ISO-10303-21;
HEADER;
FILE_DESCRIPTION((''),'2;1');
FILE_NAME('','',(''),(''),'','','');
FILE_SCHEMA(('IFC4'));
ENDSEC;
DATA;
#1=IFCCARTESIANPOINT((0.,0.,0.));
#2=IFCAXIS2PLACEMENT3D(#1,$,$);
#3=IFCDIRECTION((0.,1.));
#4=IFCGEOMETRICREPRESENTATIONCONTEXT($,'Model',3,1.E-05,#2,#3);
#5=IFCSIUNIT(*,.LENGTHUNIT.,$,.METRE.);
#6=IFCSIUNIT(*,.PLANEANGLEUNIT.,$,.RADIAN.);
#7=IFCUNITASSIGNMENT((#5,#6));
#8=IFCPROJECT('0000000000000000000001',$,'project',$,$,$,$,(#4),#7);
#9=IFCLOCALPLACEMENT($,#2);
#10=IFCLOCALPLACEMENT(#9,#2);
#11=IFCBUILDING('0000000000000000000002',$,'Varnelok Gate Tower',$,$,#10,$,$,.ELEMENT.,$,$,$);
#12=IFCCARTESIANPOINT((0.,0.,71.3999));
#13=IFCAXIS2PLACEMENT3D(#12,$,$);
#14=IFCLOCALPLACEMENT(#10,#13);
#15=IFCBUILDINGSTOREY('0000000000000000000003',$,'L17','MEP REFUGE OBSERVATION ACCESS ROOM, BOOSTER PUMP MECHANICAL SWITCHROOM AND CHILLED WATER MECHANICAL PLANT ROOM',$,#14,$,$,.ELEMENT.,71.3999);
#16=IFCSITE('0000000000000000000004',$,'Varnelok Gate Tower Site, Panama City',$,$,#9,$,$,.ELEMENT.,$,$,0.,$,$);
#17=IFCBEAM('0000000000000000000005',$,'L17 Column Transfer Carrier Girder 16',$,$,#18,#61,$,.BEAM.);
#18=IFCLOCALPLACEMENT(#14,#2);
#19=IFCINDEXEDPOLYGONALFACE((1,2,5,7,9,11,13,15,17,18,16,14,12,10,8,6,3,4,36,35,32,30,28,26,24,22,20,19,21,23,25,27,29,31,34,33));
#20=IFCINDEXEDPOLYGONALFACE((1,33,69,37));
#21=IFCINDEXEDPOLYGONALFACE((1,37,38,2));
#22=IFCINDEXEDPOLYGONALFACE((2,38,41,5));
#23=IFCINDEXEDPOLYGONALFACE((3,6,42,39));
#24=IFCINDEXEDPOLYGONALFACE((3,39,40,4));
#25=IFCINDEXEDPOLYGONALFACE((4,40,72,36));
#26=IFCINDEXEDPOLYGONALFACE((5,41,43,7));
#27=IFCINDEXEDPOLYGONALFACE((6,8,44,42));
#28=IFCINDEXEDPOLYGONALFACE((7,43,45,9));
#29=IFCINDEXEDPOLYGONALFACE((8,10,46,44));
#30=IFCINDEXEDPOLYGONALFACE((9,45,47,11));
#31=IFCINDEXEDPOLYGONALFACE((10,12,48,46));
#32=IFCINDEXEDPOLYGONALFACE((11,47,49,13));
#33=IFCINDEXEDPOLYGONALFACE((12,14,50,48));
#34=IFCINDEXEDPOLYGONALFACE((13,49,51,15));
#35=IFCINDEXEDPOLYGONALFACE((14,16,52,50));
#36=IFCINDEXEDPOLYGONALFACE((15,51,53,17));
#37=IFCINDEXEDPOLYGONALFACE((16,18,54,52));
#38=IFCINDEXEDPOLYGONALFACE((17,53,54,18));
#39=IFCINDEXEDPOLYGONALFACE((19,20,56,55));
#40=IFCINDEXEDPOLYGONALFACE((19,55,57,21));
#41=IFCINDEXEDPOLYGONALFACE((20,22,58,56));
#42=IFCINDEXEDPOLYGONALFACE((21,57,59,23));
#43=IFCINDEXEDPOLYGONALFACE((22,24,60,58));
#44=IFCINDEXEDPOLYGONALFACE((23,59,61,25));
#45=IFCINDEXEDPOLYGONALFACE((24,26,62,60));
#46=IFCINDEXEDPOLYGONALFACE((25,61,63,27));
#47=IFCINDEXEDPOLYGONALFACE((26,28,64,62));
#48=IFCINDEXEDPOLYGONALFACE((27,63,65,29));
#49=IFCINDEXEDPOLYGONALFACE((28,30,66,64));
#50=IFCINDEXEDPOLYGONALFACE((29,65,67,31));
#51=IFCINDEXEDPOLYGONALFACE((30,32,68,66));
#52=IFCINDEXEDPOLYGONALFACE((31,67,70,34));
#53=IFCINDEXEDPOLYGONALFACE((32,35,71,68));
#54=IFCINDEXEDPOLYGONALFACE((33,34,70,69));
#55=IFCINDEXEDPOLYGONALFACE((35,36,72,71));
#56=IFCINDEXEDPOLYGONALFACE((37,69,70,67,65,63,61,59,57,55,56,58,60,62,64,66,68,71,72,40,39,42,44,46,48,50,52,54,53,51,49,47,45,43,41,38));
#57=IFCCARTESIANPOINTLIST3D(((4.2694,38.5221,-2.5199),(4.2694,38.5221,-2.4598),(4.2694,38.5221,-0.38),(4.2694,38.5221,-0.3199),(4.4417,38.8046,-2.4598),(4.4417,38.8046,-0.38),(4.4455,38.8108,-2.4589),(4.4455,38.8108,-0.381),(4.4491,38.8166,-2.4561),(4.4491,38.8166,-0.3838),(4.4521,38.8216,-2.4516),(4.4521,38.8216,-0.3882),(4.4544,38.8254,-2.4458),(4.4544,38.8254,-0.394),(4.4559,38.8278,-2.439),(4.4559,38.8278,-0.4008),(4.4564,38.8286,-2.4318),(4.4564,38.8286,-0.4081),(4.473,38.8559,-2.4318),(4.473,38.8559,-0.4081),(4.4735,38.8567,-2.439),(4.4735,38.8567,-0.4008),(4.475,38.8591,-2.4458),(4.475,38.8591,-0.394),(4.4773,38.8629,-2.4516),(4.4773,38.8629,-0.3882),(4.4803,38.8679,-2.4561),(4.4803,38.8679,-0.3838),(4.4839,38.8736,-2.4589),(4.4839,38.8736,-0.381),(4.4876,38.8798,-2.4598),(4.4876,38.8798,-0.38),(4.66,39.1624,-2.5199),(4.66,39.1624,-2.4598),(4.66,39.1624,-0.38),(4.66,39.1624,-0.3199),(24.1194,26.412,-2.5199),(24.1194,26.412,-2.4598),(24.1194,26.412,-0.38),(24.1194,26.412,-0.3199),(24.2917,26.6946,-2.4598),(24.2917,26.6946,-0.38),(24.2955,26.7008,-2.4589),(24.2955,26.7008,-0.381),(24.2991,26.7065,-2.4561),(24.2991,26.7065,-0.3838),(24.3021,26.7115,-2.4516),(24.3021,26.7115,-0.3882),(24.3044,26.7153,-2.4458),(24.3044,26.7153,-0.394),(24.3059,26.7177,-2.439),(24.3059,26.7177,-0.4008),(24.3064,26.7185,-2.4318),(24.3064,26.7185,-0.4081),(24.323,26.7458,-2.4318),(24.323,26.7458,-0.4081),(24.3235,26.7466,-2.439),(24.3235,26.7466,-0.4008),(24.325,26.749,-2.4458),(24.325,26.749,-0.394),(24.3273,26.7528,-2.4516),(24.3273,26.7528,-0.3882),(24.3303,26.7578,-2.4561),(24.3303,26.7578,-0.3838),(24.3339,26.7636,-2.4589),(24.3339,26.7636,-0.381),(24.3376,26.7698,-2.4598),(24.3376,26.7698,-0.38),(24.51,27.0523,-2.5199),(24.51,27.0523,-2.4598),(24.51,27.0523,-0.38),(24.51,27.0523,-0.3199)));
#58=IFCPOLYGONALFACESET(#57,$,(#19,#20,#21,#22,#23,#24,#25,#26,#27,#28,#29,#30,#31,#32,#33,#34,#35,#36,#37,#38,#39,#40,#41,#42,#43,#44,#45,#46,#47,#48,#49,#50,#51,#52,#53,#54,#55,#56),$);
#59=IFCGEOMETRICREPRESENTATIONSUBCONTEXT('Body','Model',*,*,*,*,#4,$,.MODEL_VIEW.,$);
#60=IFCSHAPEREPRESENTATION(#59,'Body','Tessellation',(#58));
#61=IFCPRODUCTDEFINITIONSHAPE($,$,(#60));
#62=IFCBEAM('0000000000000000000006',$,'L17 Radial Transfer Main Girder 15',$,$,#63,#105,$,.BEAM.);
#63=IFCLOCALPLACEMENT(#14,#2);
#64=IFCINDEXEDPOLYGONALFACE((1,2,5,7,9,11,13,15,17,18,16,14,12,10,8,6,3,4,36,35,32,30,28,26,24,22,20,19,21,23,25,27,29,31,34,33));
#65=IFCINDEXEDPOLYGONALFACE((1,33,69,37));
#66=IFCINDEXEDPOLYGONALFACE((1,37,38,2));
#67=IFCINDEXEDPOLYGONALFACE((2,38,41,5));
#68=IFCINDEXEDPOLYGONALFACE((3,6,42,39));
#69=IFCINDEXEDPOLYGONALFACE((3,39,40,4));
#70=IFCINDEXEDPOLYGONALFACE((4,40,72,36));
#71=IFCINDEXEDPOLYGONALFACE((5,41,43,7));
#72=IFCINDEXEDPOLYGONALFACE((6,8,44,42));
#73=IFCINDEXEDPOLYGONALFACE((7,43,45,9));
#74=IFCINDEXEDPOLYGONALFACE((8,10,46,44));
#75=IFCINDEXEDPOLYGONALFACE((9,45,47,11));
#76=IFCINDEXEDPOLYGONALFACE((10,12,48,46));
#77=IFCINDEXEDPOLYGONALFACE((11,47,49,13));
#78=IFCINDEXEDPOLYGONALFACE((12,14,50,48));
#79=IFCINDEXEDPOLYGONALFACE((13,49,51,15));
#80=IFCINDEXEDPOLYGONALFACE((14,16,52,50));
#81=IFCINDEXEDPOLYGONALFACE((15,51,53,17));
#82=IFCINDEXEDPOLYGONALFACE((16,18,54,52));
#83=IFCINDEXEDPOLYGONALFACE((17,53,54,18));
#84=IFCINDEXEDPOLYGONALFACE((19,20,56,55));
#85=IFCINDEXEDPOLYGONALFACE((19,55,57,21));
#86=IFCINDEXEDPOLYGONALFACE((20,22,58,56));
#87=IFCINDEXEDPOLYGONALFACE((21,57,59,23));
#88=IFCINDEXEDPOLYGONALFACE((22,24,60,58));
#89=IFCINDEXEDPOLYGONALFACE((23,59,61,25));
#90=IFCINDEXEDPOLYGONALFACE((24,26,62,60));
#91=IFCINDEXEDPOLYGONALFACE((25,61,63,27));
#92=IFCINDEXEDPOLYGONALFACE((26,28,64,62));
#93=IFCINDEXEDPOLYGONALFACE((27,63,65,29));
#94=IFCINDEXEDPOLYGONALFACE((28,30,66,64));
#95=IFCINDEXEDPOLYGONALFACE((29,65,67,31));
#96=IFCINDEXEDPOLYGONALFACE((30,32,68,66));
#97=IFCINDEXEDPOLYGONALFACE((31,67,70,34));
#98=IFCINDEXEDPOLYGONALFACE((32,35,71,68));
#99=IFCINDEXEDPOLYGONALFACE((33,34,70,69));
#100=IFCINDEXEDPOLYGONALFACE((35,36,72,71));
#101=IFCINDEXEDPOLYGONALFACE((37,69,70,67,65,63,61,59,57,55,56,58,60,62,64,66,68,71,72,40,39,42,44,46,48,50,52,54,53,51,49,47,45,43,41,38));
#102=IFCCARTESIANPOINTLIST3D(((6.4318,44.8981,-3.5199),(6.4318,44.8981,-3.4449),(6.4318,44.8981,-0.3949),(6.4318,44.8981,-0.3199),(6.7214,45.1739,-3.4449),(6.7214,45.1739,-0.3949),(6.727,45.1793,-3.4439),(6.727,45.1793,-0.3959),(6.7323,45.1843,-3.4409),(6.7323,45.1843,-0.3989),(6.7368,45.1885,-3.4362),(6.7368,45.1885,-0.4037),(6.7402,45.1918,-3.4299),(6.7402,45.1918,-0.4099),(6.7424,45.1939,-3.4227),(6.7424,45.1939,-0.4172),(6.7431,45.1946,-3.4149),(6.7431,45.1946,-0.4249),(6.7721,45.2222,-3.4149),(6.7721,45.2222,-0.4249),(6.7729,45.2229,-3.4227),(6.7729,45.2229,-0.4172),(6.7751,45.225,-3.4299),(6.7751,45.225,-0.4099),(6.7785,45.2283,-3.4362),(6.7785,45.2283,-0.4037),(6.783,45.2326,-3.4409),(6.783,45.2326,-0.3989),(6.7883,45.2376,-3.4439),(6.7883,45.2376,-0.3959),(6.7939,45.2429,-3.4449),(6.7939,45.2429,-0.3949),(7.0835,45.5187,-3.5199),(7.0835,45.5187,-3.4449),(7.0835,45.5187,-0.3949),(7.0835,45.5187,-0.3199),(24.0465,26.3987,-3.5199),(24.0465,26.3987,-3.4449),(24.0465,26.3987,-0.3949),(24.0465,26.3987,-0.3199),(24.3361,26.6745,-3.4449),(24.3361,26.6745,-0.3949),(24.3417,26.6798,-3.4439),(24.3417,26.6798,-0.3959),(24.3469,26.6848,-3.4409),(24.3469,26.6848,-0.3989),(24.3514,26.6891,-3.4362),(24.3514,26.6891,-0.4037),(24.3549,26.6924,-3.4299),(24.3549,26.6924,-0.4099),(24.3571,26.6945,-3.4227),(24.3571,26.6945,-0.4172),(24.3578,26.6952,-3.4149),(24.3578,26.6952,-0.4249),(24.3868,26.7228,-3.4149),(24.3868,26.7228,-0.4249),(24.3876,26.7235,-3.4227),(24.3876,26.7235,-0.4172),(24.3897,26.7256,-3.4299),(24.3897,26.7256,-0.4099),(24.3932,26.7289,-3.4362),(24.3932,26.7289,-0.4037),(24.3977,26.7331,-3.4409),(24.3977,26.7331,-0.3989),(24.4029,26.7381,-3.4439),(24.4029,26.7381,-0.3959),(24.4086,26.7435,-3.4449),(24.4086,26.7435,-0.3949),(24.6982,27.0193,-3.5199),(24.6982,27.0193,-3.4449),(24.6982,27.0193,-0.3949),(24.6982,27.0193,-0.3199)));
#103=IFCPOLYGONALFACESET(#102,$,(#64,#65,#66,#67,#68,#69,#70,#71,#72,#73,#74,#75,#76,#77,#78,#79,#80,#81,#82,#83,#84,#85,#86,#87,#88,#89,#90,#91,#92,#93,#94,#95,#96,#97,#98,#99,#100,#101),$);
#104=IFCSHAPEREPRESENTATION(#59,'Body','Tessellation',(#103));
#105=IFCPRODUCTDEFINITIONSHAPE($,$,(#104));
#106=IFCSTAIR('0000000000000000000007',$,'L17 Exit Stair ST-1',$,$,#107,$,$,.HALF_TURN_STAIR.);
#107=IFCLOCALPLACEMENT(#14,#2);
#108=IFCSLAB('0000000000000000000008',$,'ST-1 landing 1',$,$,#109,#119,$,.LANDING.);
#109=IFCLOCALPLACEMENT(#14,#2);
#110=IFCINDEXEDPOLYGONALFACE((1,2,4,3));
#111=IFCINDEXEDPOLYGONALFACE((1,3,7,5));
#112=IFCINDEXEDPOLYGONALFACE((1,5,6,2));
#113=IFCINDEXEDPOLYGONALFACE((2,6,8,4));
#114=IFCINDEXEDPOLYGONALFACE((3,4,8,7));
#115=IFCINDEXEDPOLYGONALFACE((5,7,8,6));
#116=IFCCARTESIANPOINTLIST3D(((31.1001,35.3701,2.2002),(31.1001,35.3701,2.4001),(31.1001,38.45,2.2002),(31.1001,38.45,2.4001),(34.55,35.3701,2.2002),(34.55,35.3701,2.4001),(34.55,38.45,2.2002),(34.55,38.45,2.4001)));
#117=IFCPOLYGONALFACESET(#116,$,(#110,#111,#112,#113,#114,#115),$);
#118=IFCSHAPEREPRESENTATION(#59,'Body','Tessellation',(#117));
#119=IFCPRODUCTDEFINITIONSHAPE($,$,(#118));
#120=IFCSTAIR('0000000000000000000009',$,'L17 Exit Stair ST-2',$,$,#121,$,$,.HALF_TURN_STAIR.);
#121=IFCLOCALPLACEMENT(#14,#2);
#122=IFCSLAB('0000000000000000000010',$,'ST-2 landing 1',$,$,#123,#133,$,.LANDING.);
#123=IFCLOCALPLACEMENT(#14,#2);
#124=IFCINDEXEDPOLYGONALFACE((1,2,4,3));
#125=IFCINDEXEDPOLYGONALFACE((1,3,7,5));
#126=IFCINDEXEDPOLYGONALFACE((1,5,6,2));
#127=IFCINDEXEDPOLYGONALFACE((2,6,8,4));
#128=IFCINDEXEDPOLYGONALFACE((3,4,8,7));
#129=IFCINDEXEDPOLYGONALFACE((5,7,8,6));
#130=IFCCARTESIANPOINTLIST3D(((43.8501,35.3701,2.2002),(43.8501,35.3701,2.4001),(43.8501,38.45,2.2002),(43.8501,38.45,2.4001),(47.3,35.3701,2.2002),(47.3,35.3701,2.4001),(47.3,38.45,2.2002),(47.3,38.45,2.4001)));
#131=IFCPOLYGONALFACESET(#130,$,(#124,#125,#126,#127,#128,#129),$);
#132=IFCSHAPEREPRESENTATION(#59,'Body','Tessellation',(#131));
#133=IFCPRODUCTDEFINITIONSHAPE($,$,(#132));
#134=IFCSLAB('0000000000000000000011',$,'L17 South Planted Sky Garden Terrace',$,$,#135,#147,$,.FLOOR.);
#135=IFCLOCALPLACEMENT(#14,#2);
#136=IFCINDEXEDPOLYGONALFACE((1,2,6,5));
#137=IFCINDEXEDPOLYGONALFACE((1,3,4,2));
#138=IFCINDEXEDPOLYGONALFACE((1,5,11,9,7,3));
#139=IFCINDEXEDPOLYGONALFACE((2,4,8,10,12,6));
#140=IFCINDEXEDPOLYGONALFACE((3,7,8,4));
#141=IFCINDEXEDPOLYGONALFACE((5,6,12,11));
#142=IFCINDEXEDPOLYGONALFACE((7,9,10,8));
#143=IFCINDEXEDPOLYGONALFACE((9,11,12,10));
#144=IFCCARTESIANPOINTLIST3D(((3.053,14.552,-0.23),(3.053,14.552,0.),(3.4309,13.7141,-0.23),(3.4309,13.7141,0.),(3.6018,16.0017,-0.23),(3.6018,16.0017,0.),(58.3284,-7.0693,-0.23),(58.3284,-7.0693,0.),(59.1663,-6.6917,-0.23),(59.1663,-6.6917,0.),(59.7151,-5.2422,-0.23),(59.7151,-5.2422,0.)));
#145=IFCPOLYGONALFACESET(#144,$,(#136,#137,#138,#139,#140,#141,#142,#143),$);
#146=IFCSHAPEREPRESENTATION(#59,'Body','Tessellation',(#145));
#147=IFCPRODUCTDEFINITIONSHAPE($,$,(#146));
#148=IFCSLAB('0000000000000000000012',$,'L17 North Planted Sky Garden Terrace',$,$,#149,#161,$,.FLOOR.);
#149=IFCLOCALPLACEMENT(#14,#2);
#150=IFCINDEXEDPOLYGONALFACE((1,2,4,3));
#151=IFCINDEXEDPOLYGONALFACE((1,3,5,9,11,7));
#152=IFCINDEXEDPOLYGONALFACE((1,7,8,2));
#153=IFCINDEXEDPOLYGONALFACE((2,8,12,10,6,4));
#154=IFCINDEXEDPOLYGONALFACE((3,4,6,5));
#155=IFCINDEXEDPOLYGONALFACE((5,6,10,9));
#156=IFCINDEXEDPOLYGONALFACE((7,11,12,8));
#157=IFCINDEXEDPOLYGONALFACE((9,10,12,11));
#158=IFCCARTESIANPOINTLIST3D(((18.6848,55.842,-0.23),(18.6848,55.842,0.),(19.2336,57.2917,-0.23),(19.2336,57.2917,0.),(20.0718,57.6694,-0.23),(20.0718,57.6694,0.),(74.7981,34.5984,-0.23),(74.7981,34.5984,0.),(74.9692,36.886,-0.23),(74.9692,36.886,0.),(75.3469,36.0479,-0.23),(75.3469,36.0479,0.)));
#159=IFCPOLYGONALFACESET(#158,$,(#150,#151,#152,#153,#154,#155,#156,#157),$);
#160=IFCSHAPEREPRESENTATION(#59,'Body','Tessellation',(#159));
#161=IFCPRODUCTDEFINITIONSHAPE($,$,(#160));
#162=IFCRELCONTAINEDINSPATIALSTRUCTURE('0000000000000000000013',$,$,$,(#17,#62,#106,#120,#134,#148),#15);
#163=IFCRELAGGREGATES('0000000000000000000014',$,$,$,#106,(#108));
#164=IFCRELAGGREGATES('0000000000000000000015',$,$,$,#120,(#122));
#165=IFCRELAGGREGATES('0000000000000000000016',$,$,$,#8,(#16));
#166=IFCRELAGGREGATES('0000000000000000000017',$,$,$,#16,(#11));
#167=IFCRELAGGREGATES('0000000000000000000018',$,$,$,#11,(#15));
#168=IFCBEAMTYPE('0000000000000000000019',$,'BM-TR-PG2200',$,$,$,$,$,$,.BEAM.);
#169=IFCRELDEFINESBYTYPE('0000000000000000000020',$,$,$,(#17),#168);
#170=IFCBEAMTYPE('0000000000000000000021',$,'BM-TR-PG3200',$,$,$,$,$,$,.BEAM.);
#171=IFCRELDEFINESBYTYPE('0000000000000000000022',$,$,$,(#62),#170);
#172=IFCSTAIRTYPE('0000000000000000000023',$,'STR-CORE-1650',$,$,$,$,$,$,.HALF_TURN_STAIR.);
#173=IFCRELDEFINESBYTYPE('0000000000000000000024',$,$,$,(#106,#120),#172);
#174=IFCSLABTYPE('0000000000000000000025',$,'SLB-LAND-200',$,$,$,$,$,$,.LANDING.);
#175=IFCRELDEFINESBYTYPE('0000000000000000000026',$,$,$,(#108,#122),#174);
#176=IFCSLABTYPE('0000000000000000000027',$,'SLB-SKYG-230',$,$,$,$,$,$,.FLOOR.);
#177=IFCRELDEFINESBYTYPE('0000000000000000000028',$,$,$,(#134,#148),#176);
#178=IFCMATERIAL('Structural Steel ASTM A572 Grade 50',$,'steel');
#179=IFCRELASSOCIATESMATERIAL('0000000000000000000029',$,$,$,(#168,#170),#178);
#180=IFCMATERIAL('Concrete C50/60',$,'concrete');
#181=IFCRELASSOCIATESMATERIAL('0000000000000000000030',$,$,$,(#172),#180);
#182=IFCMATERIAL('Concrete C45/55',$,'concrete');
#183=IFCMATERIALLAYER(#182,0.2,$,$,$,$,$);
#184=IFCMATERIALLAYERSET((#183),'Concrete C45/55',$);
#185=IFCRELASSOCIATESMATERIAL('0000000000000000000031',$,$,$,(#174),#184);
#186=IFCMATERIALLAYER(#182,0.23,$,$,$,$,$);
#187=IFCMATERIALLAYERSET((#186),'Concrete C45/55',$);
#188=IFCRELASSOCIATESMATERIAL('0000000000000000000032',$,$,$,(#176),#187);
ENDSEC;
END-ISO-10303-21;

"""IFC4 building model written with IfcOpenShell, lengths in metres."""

from ifc_helpers import new_model, si_unit, direction, frame, origin, origin_2d, place, context, subcontext, project, spatial, polyline, i_section, outline, extrude, material, layer, layer_set, material_profile, profile_set, type_object, element, aggregate, save


model = new_model("IFC4")

# Units and contexts
model_context = context("Model", 3, precision=1e-05, world=origin(), true_north=direction((0.0, 1.0)))
body_context = subcontext(model_context, "Body", "Model", "MODEL_VIEW")
ifc_project = project(units=[si_unit("LENGTHUNIT", "METRE"), si_unit("PLANEANGLEUNIT", "RADIAN")], contexts=[model_context])

# Site, building, storey
site_placement = place(None, origin())
site = spatial("IfcSite", under=ifc_project, at=site_placement, Name="Varnelok Gate Tower Site, Panama City", CompositionType="ELEMENT", RefElevation=0.0)
building_placement = place(site_placement, origin())
building = spatial("IfcBuilding", under=site, at=building_placement, Name="Varnelok Gate Tower", CompositionType="ELEMENT")
storey_placement = place(building_placement, frame((0.0, 0.0, 71.3999)))
storey = spatial("IfcBuildingStorey", under=building, at=storey_placement, Name="L17", Description="MEP REFUGE OBSERVATION ACCESS ROOM, BOOSTER PUMP MECHANICAL SWITCHROOM AND CHILLED WATER MECHANICAL PLANT ROOM", CompositionType="ELEMENT", Elevation=71.3999)

# Beams
ifc_material_1 = material(Name="Structural Steel ASTM A572 Grade 50", Category="steel")
ifc_material_profile_1 = material_profile(ifc_material_1, i_section(OverallWidth=0.75, OverallDepth=2.2, WebThickness=0.032, FlangeThickness=0.0601, FilletRadius=0.0281, at=origin_2d()), Name="PG2200X750")
ifc_profile_set_1 = profile_set([ifc_material_profile_1], Name="Structural Steel ASTM A572 Grade 50")
beam_type_1 = type_object("IfcBeamType", Name="BM-TR-PG2200", PredefinedType="BEAM", material=ifc_profile_set_1)
beam_1_placement = place(storey_placement, frame((24.3147, 26.7322, -1.4199), z_axis=(-0.853674, 0.520808, 0.0), x_axis=(-0.520808, -0.853674, 0.0)))
element("IfcBeam", 1, at=beam_1_placement, inside=storey, type_object=beam_type_1, Name="L17 Column Transfer Carrier Girder 16", PredefinedType="BEAM", context=body_context, shape_type="SweptSolid", body=[
    extrude(i_section(OverallWidth=0.75, OverallDepth=2.2, WebThickness=0.032, FlangeThickness=0.0601, FilletRadius=0.0281, at=origin_2d()), origin(), (0.0, 0.0, 1.0), 23.2524),
])
ifc_material_profile_2 = material_profile(ifc_material_1, i_section(OverallWidth=0.8999, OverallDepth=3.2, WebThickness=0.04, FlangeThickness=0.075, FilletRadius=0.03, at=origin_2d()), Name="PG3200X900")
ifc_profile_set_2 = profile_set([ifc_material_profile_2], Name="Structural Steel ASTM A572 Grade 50")
beam_type_2 = type_object("IfcBeamType", Name="BM-TR-PG3200", PredefinedType="BEAM", material=ifc_profile_set_2)
beam_2_placement = place(storey_placement, frame((24.3723, 26.709, -1.9199), z_axis=(-0.689576, 0.724213, 0.0), x_axis=(-0.724213, -0.689576, 0.0)))
element("IfcBeam", 2, at=beam_2_placement, inside=storey, type_object=beam_type_2, Name="L17 Radial Transfer Main Girder 15", PredefinedType="BEAM", context=body_context, shape_type="SweptSolid", body=[
    extrude(i_section(OverallWidth=0.8999, OverallDepth=3.2, WebThickness=0.04, FlangeThickness=0.075, FilletRadius=0.03, at=origin_2d()), origin(), (0.0, 0.0, 1.0), 25.5442),
])

# Stairs, slabs
ifc_material_2 = material(Name="Concrete C50/60", Category="concrete")
stair_type = type_object("IfcStairType", Name="STR-CORE-1650", PredefinedType="HALF_TURN_STAIR", material=ifc_material_2)
stair_1_placement = place(storey_placement, origin())
stair_1 = element("IfcStair", 3, at=stair_1_placement, inside=storey, type_object=stair_type, Name="L17 Exit Stair ST-1", PredefinedType="HALF_TURN_STAIR")
ifc_material_3 = material(Name="Concrete C45/55", Category="concrete")
ifc_layer_1 = layer(ifc_material_3, 0.2)
ifc_layer_set_1 = layer_set([ifc_layer_1], Name="Concrete C45/55")
slab_type_1 = type_object("IfcSlabType", Name="SLB-LAND-200", PredefinedType="LANDING", material=ifc_layer_set_1)
slab_1_placement = place(storey_placement, frame((0.0, 0.0, 2.2002)))
slab_1 = element("IfcSlab", 4, at=slab_1_placement, type_object=slab_type_1, Name="ST-1 landing 1", PredefinedType="LANDING", context=body_context, shape_type="SweptSolid", body=[
    extrude(outline(polyline([(34.55, 35.3701), (34.55, 38.45), (31.1001, 38.45), (31.1001, 35.3701), (34.55, 35.3701)])), origin(), (0.0, 0.0, 1.0), 0.2),
])
aggregate(stair_1, [slab_1])
stair_2_placement = place(storey_placement, origin())
stair_2 = element("IfcStair", 5, at=stair_2_placement, inside=storey, type_object=stair_type, Name="L17 Exit Stair ST-2", PredefinedType="HALF_TURN_STAIR")
slab_2_placement = place(storey_placement, frame((0.0, 0.0, 2.2002)))
slab_2 = element("IfcSlab", 6, at=slab_2_placement, type_object=slab_type_1, Name="ST-2 landing 1", PredefinedType="LANDING", context=body_context, shape_type="SweptSolid", body=[
    extrude(outline(polyline([(47.3, 35.3701), (47.3, 38.45), (43.8501, 38.45), (43.8501, 35.3701), (47.3, 35.3701)])), origin(), (0.0, 0.0, 1.0), 0.2),
])
aggregate(stair_2, [slab_2])

# Slabs
ifc_layer_2 = layer(ifc_material_3, 0.23)
ifc_layer_set_2 = layer_set([ifc_layer_2], Name="Concrete C45/55")
slab_type_2 = type_object("IfcSlabType", Name="SLB-SKYG-230", PredefinedType="FLOOR", material=ifc_layer_set_2)
slab_3_placement = place(storey_placement, frame((0.0, 0.0, -0.23)))
element("IfcSlab", 7, at=slab_3_placement, inside=storey, type_object=slab_type_2, Name="L17 South Planted Sky Garden Terrace", PredefinedType="FLOOR", context=body_context, shape_type="SweptSolid", body=[
    extrude(outline(polyline([(3.053, 14.552), (3.4309, 13.7141), (58.3284, -7.0693), (59.1663, -6.6917), (59.7151, -5.2422), (3.6018, 16.0017), (3.053, 14.552)])), origin(), (0.0, 0.0, 1.0), 0.23),
])
slab_4_placement = place(storey_placement, frame((0.0, 0.0, -0.23)))
element("IfcSlab", 8, at=slab_4_placement, inside=storey, type_object=slab_type_2, Name="L17 North Planted Sky Garden Terrace", PredefinedType="FLOOR", context=body_context, shape_type="SweptSolid", body=[
    extrude(outline(polyline([(18.6848, 55.842), (74.7981, 34.5984), (75.3469, 36.0479), (74.9692, 36.886), (20.0718, 57.6694), (19.2336, 57.2917), (18.6848, 55.842)])), origin(), (0.0, 0.0, 1.0), 0.23),
])

save(model, "model.ifc")
